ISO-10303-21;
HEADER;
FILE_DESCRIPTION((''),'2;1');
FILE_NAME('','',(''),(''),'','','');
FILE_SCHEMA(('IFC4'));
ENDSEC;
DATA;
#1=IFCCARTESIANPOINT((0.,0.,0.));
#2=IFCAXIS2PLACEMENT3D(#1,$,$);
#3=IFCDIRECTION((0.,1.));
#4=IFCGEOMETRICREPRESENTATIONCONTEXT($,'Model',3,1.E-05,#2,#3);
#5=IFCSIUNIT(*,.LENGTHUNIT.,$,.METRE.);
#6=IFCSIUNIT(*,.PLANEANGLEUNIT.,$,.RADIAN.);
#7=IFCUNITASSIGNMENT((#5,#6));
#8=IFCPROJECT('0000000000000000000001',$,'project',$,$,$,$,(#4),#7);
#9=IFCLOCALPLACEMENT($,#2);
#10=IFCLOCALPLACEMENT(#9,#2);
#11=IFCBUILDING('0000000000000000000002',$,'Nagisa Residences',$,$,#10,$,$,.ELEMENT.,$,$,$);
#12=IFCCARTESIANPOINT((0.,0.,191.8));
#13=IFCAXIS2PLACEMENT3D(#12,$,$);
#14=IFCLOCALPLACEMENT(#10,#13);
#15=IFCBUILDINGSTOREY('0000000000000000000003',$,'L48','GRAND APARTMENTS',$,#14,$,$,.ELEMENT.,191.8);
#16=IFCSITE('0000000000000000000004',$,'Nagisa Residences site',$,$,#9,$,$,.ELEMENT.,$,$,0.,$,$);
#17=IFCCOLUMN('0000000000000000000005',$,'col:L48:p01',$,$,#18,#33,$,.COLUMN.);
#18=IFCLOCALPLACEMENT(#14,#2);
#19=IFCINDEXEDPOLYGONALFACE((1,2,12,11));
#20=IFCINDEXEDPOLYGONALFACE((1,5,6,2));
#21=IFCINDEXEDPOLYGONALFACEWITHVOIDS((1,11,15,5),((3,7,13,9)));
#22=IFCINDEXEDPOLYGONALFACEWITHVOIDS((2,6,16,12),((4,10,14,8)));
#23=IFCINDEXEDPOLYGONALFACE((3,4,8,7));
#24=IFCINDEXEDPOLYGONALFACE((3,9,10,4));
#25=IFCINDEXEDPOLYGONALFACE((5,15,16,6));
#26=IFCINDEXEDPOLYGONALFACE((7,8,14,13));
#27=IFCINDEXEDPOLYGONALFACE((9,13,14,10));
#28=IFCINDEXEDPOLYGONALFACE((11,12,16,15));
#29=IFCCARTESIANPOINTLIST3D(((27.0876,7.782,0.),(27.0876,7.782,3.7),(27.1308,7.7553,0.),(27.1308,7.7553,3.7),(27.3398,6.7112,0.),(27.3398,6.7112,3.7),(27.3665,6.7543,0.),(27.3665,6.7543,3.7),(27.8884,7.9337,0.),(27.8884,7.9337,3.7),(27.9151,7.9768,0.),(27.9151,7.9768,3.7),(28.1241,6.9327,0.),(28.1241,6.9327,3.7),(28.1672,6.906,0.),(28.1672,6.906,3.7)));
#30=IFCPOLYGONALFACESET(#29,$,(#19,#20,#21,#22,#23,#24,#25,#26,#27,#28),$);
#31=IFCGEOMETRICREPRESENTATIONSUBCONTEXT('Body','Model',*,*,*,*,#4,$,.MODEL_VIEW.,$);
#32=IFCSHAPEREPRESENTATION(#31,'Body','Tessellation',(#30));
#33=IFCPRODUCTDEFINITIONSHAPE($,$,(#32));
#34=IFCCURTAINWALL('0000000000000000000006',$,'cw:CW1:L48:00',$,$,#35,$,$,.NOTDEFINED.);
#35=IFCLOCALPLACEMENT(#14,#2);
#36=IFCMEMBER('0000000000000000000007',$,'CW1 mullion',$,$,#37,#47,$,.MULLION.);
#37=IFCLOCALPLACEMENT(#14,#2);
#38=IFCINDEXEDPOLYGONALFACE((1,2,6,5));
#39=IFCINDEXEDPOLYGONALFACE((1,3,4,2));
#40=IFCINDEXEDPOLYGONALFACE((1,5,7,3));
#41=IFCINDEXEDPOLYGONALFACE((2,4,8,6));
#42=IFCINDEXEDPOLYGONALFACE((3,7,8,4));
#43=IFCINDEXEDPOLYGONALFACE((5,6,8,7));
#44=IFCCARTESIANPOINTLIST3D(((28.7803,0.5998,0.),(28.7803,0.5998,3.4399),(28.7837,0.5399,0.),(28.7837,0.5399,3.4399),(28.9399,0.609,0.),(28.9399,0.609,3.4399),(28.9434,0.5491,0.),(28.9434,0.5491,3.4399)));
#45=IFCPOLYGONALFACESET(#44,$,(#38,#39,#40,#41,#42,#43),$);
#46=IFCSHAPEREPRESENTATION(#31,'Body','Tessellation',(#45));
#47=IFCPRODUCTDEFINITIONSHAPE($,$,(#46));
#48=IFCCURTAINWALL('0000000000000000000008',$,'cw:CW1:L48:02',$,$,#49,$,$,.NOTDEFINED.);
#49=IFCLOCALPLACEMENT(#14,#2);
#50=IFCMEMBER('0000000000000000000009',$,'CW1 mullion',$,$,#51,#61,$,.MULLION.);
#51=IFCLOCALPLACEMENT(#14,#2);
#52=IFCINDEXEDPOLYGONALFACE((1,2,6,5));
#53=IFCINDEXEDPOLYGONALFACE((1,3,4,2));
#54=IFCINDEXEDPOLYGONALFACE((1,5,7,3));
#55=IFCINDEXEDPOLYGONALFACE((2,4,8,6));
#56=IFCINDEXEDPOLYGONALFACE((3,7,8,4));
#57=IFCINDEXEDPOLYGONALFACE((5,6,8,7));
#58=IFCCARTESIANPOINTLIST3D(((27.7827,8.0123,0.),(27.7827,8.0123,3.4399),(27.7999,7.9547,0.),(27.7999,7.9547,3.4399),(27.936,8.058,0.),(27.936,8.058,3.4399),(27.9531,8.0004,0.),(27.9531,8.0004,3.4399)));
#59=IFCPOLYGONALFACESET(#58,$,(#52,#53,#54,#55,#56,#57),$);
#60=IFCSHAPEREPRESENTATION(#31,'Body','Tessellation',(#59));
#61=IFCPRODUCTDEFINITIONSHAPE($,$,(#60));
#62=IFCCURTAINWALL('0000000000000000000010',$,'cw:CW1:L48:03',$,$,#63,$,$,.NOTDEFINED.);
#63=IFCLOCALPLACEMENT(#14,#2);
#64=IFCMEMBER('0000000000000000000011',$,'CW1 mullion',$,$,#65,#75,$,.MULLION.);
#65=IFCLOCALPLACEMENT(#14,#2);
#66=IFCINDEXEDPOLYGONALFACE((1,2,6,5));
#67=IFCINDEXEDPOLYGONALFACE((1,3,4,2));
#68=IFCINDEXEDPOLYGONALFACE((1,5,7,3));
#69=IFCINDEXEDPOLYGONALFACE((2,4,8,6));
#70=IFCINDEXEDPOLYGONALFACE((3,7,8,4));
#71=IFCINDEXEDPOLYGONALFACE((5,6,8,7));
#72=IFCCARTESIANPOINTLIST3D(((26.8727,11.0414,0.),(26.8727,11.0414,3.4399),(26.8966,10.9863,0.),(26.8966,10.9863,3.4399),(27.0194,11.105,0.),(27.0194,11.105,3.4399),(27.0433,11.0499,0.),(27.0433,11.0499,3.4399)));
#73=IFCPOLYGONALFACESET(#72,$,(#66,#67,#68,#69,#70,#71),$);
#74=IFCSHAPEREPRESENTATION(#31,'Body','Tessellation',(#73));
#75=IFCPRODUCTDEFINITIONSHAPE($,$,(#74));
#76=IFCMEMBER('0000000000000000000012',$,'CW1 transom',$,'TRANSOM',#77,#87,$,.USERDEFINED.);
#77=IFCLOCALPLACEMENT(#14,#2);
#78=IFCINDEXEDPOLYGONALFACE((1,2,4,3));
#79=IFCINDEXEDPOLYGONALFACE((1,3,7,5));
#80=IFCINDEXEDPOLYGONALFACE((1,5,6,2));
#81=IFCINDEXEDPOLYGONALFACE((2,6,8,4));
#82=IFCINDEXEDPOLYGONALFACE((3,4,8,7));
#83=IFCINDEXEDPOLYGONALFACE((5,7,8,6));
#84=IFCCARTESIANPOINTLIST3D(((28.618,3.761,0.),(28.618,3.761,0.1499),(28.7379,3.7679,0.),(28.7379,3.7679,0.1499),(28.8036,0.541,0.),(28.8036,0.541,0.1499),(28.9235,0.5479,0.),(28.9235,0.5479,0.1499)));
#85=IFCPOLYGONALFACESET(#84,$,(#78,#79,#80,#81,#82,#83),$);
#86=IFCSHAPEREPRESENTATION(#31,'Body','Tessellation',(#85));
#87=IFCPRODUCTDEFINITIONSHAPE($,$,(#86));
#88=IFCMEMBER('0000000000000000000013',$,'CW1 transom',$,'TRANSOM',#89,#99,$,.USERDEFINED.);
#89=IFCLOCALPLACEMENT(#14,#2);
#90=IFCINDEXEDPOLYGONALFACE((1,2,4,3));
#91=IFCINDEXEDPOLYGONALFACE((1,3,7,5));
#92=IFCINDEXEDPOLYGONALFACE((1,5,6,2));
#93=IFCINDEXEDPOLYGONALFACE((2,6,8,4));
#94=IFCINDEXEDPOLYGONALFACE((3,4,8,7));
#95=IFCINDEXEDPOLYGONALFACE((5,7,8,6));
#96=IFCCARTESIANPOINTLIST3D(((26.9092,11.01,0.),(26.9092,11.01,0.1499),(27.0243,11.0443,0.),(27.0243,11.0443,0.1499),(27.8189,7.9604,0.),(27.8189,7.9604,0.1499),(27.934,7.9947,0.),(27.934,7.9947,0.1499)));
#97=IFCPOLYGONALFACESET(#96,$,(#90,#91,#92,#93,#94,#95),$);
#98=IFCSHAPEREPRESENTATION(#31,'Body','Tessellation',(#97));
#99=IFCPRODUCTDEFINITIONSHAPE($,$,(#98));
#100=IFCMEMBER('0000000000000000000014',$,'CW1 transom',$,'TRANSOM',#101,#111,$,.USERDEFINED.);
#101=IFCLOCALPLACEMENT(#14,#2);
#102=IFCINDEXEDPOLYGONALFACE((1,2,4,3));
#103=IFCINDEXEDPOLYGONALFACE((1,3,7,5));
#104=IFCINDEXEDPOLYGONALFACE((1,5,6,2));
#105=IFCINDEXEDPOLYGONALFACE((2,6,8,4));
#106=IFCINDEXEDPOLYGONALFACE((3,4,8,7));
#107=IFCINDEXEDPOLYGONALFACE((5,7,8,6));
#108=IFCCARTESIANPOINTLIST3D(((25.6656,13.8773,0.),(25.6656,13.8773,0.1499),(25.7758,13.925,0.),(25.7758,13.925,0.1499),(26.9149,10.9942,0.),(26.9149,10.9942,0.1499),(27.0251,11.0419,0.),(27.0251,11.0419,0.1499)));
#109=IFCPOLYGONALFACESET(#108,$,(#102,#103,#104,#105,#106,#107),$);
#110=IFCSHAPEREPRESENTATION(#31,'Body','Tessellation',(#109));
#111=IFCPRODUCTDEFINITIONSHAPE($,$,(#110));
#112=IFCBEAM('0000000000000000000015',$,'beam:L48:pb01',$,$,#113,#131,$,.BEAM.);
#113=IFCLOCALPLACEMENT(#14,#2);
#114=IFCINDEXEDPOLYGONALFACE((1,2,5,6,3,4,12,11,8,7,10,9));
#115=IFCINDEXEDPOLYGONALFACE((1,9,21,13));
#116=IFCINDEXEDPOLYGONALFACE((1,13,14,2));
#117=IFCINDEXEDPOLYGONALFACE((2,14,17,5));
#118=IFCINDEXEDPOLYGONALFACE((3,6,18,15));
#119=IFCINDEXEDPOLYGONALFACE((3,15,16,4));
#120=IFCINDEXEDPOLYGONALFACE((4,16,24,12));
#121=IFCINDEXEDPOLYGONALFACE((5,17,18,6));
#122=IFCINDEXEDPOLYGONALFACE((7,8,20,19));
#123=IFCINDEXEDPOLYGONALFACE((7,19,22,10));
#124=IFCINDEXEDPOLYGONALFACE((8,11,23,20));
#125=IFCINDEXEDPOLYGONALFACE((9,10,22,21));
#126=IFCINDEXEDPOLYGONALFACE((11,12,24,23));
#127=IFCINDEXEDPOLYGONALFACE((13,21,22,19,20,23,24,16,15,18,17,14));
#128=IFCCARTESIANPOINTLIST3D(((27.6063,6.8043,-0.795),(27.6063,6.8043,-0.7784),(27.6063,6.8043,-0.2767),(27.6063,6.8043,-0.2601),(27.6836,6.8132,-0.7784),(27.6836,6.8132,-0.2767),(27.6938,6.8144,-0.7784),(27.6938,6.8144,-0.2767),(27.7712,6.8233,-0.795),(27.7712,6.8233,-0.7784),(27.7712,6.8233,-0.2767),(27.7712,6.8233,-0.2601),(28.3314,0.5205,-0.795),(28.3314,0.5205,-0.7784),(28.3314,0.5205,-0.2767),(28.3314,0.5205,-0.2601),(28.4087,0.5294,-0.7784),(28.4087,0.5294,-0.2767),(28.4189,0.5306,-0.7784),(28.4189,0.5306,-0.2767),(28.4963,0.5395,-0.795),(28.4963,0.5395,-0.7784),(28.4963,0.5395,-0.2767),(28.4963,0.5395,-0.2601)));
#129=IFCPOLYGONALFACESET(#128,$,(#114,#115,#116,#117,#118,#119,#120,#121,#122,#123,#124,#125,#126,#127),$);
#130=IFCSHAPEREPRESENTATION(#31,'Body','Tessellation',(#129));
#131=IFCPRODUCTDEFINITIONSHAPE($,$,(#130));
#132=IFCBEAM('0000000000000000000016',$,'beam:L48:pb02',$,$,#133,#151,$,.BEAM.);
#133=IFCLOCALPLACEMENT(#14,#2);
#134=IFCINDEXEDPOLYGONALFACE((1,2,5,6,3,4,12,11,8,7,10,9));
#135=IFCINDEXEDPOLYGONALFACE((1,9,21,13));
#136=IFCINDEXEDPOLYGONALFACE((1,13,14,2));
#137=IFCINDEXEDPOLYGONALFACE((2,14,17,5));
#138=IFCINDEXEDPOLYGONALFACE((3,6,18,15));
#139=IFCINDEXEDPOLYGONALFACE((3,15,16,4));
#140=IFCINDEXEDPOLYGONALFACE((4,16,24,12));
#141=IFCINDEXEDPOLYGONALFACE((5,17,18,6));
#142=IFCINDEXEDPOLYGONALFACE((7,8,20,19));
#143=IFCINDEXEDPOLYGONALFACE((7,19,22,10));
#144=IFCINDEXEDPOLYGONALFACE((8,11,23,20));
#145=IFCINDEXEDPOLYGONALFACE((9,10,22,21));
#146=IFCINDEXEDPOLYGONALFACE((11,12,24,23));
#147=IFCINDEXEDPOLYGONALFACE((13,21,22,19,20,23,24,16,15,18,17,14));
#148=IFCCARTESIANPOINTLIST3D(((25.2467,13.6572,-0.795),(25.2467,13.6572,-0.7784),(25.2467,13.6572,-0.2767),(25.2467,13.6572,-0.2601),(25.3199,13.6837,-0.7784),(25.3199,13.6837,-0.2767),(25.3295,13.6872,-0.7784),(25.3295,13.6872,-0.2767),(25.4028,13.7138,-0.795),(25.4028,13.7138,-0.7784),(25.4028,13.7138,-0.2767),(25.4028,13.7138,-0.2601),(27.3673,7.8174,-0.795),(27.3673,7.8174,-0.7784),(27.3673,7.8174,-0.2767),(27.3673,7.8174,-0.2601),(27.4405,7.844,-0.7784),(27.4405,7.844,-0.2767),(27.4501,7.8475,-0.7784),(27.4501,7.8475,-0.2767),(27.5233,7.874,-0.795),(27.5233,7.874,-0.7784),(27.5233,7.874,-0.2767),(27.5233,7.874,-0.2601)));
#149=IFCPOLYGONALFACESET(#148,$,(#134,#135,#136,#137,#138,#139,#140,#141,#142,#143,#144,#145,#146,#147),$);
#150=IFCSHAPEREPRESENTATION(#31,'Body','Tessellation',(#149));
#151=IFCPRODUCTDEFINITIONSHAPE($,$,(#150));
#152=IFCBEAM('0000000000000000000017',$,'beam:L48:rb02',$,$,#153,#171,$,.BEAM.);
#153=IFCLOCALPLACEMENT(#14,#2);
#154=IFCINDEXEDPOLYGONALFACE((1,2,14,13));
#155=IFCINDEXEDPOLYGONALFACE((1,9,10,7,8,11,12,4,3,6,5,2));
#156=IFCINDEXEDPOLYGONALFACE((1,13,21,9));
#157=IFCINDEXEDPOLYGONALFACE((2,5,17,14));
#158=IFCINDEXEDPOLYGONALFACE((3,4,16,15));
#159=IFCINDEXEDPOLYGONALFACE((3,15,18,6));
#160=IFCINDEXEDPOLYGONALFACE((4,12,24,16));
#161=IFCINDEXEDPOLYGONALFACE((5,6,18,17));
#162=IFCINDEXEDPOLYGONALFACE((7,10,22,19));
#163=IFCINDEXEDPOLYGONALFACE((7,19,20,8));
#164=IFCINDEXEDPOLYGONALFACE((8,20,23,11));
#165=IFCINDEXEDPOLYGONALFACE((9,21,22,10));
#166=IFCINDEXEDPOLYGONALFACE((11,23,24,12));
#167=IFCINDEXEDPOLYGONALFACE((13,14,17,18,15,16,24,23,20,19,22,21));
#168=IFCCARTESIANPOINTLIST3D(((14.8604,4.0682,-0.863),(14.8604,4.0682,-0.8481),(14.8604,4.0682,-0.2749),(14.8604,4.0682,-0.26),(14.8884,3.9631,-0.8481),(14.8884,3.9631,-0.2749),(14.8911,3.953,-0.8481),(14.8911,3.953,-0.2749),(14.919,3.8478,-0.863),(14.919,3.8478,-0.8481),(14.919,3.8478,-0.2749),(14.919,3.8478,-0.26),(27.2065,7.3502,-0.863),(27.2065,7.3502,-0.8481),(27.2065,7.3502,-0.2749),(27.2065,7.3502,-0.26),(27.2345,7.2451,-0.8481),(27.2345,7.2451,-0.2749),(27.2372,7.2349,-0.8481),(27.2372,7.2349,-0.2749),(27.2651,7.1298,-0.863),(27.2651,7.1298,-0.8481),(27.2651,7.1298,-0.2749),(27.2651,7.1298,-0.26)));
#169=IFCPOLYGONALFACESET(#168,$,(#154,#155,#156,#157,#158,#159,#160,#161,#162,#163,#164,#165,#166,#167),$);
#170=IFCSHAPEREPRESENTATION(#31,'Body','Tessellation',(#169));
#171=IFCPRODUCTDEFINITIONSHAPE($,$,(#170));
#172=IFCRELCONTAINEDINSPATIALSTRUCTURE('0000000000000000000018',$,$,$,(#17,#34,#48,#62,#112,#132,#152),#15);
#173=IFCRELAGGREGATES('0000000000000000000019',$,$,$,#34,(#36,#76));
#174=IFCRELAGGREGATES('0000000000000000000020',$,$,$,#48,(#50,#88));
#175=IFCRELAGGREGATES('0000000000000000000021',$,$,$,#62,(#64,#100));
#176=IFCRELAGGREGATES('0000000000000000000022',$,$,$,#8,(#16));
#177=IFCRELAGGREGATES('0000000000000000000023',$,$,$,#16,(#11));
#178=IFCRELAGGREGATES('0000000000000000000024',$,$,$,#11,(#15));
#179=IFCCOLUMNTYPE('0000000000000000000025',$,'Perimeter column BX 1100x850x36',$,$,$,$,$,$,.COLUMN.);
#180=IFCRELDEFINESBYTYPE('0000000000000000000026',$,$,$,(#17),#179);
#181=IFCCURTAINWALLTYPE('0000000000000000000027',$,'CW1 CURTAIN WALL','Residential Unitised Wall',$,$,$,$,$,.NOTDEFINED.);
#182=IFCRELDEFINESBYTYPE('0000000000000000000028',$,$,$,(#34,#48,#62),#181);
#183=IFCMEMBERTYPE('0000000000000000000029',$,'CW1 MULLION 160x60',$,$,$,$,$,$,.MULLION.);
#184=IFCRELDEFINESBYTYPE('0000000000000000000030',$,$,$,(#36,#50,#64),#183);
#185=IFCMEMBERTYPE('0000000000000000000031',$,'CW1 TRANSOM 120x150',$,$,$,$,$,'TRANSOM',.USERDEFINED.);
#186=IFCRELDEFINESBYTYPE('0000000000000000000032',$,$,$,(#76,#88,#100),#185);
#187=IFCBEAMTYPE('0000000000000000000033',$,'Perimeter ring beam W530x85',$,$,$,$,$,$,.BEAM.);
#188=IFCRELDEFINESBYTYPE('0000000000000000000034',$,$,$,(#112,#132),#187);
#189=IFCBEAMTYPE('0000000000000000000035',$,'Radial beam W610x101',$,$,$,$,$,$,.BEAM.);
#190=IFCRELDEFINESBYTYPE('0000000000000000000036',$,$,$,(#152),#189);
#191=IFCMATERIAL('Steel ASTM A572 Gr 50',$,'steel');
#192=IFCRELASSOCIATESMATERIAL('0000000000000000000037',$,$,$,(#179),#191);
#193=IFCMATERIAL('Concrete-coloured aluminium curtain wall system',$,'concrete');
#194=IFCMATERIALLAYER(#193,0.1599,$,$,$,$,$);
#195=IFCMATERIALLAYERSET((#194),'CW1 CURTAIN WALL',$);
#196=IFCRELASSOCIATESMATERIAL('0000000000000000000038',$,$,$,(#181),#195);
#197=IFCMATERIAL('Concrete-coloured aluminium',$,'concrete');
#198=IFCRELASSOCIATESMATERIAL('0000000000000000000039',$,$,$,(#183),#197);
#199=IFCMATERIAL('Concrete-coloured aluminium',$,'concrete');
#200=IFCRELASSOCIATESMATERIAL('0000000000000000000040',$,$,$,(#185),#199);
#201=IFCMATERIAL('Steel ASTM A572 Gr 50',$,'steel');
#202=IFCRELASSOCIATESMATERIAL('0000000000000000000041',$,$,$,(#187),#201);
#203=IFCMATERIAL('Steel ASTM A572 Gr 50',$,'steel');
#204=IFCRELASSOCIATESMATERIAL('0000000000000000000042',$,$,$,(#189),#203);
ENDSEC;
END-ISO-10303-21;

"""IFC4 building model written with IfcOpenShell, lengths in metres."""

from ifc_helpers import new_model, si_unit, direction, frame, origin, origin_2d, place, context, subcontext, project, spatial, rectangle, hollow_rectangle, i_section, extrude, material, layer, layer_set, material_profile, profile_set, type_object, element, aggregate, save


model = new_model("IFC4")

# Units and contexts
model_context = context("Model", 3, precision=1e-05, world=origin(), true_north=direction((0.0, 1.0)))
body_context = subcontext(model_context, "Body", "Model", "MODEL_VIEW")
ifc_project = project(units=[si_unit("LENGTHUNIT", "METRE"), si_unit("PLANEANGLEUNIT", "RADIAN")], contexts=[model_context])

# Site, building, storey
site_placement = place(None, origin())
site = spatial("IfcSite", under=ifc_project, at=site_placement, Name="Nagisa Residences site", CompositionType="ELEMENT", RefElevation=0.0)
building_placement = place(site_placement, origin())
building = spatial("IfcBuilding", under=site, at=building_placement, Name="Nagisa Residences", CompositionType="ELEMENT")
storey_placement = place(building_placement, frame((0.0, 0.0, 191.8)))
storey = spatial("IfcBuildingStorey", under=building, at=storey_placement, Name="L48", Description="GRAND APARTMENTS", CompositionType="ELEMENT", Elevation=191.8)

# Column
ifc_material_1 = material(Name="Steel ASTM A572 Gr 50", Category="steel")
ifc_material_profile_1 = material_profile(ifc_material_1, hollow_rectangle(XDim=1.1001, YDim=0.8501, WallThickness=0.0359, at=origin_2d()), Name="BX 1100x850x36")
ifc_profile_set_1 = profile_set([ifc_material_profile_1], Name="Steel ASTM A572 Gr 50")
column_type = type_object("IfcColumnType", Name="Perimeter column BX 1100x850x36", PredefinedType="COLUMN", material=ifc_profile_set_1)
column_placement = place(storey_placement, frame((27.6274, 7.344, 0.0), z_axis=(0.0, 0.0, 1.0), x_axis=(-0.229202, 0.973379, 0.0)))
element("IfcColumn", 1, at=column_placement, inside=storey, type_object=column_type, Name="col:L48:p01", PredefinedType="COLUMN", context=body_context, shape_type="SweptSolid", body=[
    extrude(hollow_rectangle(XDim=1.1001, YDim=0.8501, WallThickness=0.0359, at=origin_2d()), origin(), (0.0, 0.0, 1.0), 3.7),
])

# Curtain walls, members
ifc_material_2 = material(Name="Concrete-coloured aluminium curtain wall system", Category="concrete")
ifc_layer_1 = layer(ifc_material_2, 0.1599)
ifc_layer_set_1 = layer_set([ifc_layer_1], Name="CW1 CURTAIN WALL")
curtain_wall_type = type_object("IfcCurtainWallType", Name="CW1 CURTAIN WALL", Description="Residential Unitised Wall", PredefinedType="NOTDEFINED", material=ifc_layer_set_1)
curtain_wall_1_placement = place(storey_placement, origin())
curtain_wall_1 = element("IfcCurtainWall", 2, at=curtain_wall_1_placement, inside=storey, type_object=curtain_wall_type, Name="cw:CW1:L48:00", PredefinedType="NOTDEFINED")
ifc_material_3 = material(Name="Concrete-coloured aluminium", Category="concrete")
ifc_material_profile_2 = material_profile(ifc_material_3, rectangle(XDim=0.1599, YDim=0.0601, at=origin_2d()), Name="CW1 MULLION 160x60")
ifc_profile_set_2 = profile_set([ifc_material_profile_2], Name="Concrete-coloured aluminium")
member_type_1 = type_object("IfcMemberType", Name="CW1 MULLION 160x60", PredefinedType="MULLION", material=ifc_profile_set_2)
member_1_placement = place(storey_placement, frame((28.8618, 0.5745, 0.0), z_axis=(0.0, 0.0, 1.0), x_axis=(-0.998345, -0.057503, 0.0)))
member_1 = element("IfcMember", 3, at=member_1_placement, type_object=member_type_1, Name="CW1 mullion", PredefinedType="MULLION", context=body_context, shape_type="SweptSolid", body=[
    extrude(rectangle(XDim=0.1599, YDim=0.0601, at=origin_2d()), origin(), (0.0, 0.0, 1.0), 3.4399),
])
curtain_wall_2_placement = place(storey_placement, origin())
curtain_wall_2 = element("IfcCurtainWall", 4, at=curtain_wall_2_placement, inside=storey, type_object=curtain_wall_type, Name="cw:CW1:L48:02", PredefinedType="NOTDEFINED")
member_2_placement = place(storey_placement, frame((27.8679, 8.0063, 0.0), z_axis=(0.0, 0.0, 1.0), x_axis=(-0.958271, -0.28586, 0.0)))
member_2 = element("IfcMember", 5, at=member_2_placement, type_object=member_type_1, Name="CW1 mullion", PredefinedType="MULLION", context=body_context, shape_type="SweptSolid", body=[
    extrude(rectangle(XDim=0.1599, YDim=0.0601, at=origin_2d()), origin(), (0.0, 0.0, 1.0), 3.4399),
])
curtain_wall_3_placement = place(storey_placement, origin())
curtain_wall_3 = element("IfcCurtainWall", 6, at=curtain_wall_3_placement, inside=storey, type_object=curtain_wall_type, Name="cw:CW1:L48:03", PredefinedType="NOTDEFINED")
member_3_placement = place(storey_placement, frame((26.958, 11.0457, 0.0), z_axis=(0.0, 0.0, 1.0), x_axis=(-0.917543, -0.397636, 0.0)))
member_3 = element("IfcMember", 7, at=member_3_placement, type_object=member_type_1, Name="CW1 mullion", PredefinedType="MULLION", context=body_context, shape_type="SweptSolid", body=[
    extrude(rectangle(XDim=0.1599, YDim=0.0601, at=origin_2d()), origin(), (0.0, 0.0, 1.0), 3.4399),
])

# Members
ifc_material_4 = material(Name="Concrete-coloured aluminium", Category="concrete")
ifc_material_profile_3 = material_profile(ifc_material_4, rectangle(XDim=0.1201, YDim=0.1499, at=origin_2d()), Name="CW1 TRANSOM 120x150")
ifc_profile_set_3 = profile_set([ifc_material_profile_3], Name="Concrete-coloured aluminium")
member_type_2 = type_object("IfcMemberType", Name="CW1 TRANSOM 120x150", ElementType="TRANSOM", PredefinedType="USERDEFINED", material=ifc_profile_set_3)
member_4_placement = place(storey_placement, frame((28.8635, 0.5444, 0.075), z_axis=(-0.057528, 0.998344, 0.0), x_axis=(-0.998344, -0.057528, 0.0)))
member_4 = element("IfcMember", 8, at=member_4_placement, type_object=member_type_2, Name="CW1 transom", ObjectType="TRANSOM", PredefinedType="USERDEFINED", context=body_context, shape_type="SweptSolid", body=[
    extrude(rectangle(XDim=0.1201, YDim=0.1499, at=origin_2d()), origin(), (0.0, 0.0, 1.0), 3.2253),
])
member_5_placement = place(storey_placement, frame((27.8765, 7.9775, 0.075), z_axis=(-0.285848, 0.958275, 0.0), x_axis=(-0.958275, -0.285848, 0.0)))
member_5 = element("IfcMember", 9, at=member_5_placement, type_object=member_type_2, Name="CW1 transom", ObjectType="TRANSOM", PredefinedType="USERDEFINED", context=body_context, shape_type="SweptSolid", body=[
    extrude(rectangle(XDim=0.1201, YDim=0.1499, at=origin_2d()), origin(), (0.0, 0.0, 1.0), 3.1824),
])
member_6_placement = place(storey_placement, frame((26.97, 11.0181, 0.075), z_axis=(-0.397592, 0.917562, 0.0), x_axis=(-0.917562, -0.397592, 0.0)))
member_6 = element("IfcMember", 10, at=member_6_placement, type_object=member_type_2, Name="CW1 transom", ObjectType="TRANSOM", PredefinedType="USERDEFINED", context=body_context, shape_type="SweptSolid", body=[
    extrude(rectangle(XDim=0.1201, YDim=0.1499, at=origin_2d()), origin(), (0.0, 0.0, 1.0), 3.1421),
])

# Beams
ifc_material_5 = material(Name="Steel ASTM A572 Gr 50", Category="steel")
ifc_material_profile_4 = material_profile(ifc_material_5, i_section(OverallWidth=0.166, OverallDepth=0.5349, WebThickness=0.0103, FlangeThickness=0.0166, at=origin_2d()), Name="W530x85")
ifc_profile_set_4 = profile_set([ifc_material_profile_4], Name="Steel ASTM A572 Gr 50")
beam_type_1 = type_object("IfcBeamType", Name="Perimeter ring beam W530x85", PredefinedType="BEAM", material=ifc_profile_set_4)
beam_1_placement = place(storey_placement, frame((28.4138, 0.53, -0.5276), z_axis=(-0.114633, 0.993408, 0.0), x_axis=(-0.993408, -0.114633, 0.0)))
element("IfcBeam", 11, at=beam_1_placement, inside=storey, type_object=beam_type_1, Name="beam:L48:pb01", PredefinedType="BEAM", context=body_context, shape_type="SweptSolid", body=[
    extrude(i_section(OverallWidth=0.166, OverallDepth=0.5349, WebThickness=0.0103, FlangeThickness=0.0166, at=origin_2d()), origin(), (0.0, 0.0, 1.0), 6.3254),
])
beam_2_placement = place(storey_placement, frame((27.4453, 7.8457, -0.5276), z_axis=(-0.34132, 0.939947, 0.0), x_axis=(-0.939947, -0.34132, 0.0)))
element("IfcBeam", 12, at=beam_2_placement, inside=storey, type_object=beam_type_1, Name="beam:L48:pb02", PredefinedType="BEAM", context=body_context, shape_type="SweptSolid", body=[
    extrude(i_section(OverallWidth=0.166, OverallDepth=0.5349, WebThickness=0.0103, FlangeThickness=0.0166, at=origin_2d()), origin(), (0.0, 0.0, 1.0), 6.2129),
])
ifc_material_6 = material(Name="Steel ASTM A572 Gr 50", Category="steel")
ifc_material_profile_5 = material_profile(ifc_material_6, i_section(OverallWidth=0.228, OverallDepth=0.603, WebThickness=0.0105, FlangeThickness=0.0149, at=origin_2d()), Name="W610x101")
ifc_profile_set_5 = profile_set([ifc_material_profile_5], Name="Steel ASTM A572 Gr 50")
beam_type_2 = type_object("IfcBeamType", Name="Radial beam W610x101", PredefinedType="BEAM", material=ifc_profile_set_5)
beam_3_placement = place(storey_placement, frame((27.2358, 7.24, -0.5615), z_axis=(-0.966436, -0.256907, 0.0), x_axis=(0.256907, -0.966436, 0.0)))
element("IfcBeam", 13, at=beam_3_placement, inside=storey, type_object=beam_type_2, Name="beam:L48:rb02", PredefinedType="BEAM", context=body_context, shape_type="SweptSolid", body=[
    extrude(i_section(OverallWidth=0.228, OverallDepth=0.603, WebThickness=0.0105, FlangeThickness=0.0149, at=origin_2d()), origin(), (0.0, 0.0, 1.0), 12.7749),
])

aggregate(curtain_wall_1, [member_1, member_4])
aggregate(curtain_wall_2, [member_2, member_5])
aggregate(curtain_wall_3, [member_3, member_6])

save(model, "model.ifc")
